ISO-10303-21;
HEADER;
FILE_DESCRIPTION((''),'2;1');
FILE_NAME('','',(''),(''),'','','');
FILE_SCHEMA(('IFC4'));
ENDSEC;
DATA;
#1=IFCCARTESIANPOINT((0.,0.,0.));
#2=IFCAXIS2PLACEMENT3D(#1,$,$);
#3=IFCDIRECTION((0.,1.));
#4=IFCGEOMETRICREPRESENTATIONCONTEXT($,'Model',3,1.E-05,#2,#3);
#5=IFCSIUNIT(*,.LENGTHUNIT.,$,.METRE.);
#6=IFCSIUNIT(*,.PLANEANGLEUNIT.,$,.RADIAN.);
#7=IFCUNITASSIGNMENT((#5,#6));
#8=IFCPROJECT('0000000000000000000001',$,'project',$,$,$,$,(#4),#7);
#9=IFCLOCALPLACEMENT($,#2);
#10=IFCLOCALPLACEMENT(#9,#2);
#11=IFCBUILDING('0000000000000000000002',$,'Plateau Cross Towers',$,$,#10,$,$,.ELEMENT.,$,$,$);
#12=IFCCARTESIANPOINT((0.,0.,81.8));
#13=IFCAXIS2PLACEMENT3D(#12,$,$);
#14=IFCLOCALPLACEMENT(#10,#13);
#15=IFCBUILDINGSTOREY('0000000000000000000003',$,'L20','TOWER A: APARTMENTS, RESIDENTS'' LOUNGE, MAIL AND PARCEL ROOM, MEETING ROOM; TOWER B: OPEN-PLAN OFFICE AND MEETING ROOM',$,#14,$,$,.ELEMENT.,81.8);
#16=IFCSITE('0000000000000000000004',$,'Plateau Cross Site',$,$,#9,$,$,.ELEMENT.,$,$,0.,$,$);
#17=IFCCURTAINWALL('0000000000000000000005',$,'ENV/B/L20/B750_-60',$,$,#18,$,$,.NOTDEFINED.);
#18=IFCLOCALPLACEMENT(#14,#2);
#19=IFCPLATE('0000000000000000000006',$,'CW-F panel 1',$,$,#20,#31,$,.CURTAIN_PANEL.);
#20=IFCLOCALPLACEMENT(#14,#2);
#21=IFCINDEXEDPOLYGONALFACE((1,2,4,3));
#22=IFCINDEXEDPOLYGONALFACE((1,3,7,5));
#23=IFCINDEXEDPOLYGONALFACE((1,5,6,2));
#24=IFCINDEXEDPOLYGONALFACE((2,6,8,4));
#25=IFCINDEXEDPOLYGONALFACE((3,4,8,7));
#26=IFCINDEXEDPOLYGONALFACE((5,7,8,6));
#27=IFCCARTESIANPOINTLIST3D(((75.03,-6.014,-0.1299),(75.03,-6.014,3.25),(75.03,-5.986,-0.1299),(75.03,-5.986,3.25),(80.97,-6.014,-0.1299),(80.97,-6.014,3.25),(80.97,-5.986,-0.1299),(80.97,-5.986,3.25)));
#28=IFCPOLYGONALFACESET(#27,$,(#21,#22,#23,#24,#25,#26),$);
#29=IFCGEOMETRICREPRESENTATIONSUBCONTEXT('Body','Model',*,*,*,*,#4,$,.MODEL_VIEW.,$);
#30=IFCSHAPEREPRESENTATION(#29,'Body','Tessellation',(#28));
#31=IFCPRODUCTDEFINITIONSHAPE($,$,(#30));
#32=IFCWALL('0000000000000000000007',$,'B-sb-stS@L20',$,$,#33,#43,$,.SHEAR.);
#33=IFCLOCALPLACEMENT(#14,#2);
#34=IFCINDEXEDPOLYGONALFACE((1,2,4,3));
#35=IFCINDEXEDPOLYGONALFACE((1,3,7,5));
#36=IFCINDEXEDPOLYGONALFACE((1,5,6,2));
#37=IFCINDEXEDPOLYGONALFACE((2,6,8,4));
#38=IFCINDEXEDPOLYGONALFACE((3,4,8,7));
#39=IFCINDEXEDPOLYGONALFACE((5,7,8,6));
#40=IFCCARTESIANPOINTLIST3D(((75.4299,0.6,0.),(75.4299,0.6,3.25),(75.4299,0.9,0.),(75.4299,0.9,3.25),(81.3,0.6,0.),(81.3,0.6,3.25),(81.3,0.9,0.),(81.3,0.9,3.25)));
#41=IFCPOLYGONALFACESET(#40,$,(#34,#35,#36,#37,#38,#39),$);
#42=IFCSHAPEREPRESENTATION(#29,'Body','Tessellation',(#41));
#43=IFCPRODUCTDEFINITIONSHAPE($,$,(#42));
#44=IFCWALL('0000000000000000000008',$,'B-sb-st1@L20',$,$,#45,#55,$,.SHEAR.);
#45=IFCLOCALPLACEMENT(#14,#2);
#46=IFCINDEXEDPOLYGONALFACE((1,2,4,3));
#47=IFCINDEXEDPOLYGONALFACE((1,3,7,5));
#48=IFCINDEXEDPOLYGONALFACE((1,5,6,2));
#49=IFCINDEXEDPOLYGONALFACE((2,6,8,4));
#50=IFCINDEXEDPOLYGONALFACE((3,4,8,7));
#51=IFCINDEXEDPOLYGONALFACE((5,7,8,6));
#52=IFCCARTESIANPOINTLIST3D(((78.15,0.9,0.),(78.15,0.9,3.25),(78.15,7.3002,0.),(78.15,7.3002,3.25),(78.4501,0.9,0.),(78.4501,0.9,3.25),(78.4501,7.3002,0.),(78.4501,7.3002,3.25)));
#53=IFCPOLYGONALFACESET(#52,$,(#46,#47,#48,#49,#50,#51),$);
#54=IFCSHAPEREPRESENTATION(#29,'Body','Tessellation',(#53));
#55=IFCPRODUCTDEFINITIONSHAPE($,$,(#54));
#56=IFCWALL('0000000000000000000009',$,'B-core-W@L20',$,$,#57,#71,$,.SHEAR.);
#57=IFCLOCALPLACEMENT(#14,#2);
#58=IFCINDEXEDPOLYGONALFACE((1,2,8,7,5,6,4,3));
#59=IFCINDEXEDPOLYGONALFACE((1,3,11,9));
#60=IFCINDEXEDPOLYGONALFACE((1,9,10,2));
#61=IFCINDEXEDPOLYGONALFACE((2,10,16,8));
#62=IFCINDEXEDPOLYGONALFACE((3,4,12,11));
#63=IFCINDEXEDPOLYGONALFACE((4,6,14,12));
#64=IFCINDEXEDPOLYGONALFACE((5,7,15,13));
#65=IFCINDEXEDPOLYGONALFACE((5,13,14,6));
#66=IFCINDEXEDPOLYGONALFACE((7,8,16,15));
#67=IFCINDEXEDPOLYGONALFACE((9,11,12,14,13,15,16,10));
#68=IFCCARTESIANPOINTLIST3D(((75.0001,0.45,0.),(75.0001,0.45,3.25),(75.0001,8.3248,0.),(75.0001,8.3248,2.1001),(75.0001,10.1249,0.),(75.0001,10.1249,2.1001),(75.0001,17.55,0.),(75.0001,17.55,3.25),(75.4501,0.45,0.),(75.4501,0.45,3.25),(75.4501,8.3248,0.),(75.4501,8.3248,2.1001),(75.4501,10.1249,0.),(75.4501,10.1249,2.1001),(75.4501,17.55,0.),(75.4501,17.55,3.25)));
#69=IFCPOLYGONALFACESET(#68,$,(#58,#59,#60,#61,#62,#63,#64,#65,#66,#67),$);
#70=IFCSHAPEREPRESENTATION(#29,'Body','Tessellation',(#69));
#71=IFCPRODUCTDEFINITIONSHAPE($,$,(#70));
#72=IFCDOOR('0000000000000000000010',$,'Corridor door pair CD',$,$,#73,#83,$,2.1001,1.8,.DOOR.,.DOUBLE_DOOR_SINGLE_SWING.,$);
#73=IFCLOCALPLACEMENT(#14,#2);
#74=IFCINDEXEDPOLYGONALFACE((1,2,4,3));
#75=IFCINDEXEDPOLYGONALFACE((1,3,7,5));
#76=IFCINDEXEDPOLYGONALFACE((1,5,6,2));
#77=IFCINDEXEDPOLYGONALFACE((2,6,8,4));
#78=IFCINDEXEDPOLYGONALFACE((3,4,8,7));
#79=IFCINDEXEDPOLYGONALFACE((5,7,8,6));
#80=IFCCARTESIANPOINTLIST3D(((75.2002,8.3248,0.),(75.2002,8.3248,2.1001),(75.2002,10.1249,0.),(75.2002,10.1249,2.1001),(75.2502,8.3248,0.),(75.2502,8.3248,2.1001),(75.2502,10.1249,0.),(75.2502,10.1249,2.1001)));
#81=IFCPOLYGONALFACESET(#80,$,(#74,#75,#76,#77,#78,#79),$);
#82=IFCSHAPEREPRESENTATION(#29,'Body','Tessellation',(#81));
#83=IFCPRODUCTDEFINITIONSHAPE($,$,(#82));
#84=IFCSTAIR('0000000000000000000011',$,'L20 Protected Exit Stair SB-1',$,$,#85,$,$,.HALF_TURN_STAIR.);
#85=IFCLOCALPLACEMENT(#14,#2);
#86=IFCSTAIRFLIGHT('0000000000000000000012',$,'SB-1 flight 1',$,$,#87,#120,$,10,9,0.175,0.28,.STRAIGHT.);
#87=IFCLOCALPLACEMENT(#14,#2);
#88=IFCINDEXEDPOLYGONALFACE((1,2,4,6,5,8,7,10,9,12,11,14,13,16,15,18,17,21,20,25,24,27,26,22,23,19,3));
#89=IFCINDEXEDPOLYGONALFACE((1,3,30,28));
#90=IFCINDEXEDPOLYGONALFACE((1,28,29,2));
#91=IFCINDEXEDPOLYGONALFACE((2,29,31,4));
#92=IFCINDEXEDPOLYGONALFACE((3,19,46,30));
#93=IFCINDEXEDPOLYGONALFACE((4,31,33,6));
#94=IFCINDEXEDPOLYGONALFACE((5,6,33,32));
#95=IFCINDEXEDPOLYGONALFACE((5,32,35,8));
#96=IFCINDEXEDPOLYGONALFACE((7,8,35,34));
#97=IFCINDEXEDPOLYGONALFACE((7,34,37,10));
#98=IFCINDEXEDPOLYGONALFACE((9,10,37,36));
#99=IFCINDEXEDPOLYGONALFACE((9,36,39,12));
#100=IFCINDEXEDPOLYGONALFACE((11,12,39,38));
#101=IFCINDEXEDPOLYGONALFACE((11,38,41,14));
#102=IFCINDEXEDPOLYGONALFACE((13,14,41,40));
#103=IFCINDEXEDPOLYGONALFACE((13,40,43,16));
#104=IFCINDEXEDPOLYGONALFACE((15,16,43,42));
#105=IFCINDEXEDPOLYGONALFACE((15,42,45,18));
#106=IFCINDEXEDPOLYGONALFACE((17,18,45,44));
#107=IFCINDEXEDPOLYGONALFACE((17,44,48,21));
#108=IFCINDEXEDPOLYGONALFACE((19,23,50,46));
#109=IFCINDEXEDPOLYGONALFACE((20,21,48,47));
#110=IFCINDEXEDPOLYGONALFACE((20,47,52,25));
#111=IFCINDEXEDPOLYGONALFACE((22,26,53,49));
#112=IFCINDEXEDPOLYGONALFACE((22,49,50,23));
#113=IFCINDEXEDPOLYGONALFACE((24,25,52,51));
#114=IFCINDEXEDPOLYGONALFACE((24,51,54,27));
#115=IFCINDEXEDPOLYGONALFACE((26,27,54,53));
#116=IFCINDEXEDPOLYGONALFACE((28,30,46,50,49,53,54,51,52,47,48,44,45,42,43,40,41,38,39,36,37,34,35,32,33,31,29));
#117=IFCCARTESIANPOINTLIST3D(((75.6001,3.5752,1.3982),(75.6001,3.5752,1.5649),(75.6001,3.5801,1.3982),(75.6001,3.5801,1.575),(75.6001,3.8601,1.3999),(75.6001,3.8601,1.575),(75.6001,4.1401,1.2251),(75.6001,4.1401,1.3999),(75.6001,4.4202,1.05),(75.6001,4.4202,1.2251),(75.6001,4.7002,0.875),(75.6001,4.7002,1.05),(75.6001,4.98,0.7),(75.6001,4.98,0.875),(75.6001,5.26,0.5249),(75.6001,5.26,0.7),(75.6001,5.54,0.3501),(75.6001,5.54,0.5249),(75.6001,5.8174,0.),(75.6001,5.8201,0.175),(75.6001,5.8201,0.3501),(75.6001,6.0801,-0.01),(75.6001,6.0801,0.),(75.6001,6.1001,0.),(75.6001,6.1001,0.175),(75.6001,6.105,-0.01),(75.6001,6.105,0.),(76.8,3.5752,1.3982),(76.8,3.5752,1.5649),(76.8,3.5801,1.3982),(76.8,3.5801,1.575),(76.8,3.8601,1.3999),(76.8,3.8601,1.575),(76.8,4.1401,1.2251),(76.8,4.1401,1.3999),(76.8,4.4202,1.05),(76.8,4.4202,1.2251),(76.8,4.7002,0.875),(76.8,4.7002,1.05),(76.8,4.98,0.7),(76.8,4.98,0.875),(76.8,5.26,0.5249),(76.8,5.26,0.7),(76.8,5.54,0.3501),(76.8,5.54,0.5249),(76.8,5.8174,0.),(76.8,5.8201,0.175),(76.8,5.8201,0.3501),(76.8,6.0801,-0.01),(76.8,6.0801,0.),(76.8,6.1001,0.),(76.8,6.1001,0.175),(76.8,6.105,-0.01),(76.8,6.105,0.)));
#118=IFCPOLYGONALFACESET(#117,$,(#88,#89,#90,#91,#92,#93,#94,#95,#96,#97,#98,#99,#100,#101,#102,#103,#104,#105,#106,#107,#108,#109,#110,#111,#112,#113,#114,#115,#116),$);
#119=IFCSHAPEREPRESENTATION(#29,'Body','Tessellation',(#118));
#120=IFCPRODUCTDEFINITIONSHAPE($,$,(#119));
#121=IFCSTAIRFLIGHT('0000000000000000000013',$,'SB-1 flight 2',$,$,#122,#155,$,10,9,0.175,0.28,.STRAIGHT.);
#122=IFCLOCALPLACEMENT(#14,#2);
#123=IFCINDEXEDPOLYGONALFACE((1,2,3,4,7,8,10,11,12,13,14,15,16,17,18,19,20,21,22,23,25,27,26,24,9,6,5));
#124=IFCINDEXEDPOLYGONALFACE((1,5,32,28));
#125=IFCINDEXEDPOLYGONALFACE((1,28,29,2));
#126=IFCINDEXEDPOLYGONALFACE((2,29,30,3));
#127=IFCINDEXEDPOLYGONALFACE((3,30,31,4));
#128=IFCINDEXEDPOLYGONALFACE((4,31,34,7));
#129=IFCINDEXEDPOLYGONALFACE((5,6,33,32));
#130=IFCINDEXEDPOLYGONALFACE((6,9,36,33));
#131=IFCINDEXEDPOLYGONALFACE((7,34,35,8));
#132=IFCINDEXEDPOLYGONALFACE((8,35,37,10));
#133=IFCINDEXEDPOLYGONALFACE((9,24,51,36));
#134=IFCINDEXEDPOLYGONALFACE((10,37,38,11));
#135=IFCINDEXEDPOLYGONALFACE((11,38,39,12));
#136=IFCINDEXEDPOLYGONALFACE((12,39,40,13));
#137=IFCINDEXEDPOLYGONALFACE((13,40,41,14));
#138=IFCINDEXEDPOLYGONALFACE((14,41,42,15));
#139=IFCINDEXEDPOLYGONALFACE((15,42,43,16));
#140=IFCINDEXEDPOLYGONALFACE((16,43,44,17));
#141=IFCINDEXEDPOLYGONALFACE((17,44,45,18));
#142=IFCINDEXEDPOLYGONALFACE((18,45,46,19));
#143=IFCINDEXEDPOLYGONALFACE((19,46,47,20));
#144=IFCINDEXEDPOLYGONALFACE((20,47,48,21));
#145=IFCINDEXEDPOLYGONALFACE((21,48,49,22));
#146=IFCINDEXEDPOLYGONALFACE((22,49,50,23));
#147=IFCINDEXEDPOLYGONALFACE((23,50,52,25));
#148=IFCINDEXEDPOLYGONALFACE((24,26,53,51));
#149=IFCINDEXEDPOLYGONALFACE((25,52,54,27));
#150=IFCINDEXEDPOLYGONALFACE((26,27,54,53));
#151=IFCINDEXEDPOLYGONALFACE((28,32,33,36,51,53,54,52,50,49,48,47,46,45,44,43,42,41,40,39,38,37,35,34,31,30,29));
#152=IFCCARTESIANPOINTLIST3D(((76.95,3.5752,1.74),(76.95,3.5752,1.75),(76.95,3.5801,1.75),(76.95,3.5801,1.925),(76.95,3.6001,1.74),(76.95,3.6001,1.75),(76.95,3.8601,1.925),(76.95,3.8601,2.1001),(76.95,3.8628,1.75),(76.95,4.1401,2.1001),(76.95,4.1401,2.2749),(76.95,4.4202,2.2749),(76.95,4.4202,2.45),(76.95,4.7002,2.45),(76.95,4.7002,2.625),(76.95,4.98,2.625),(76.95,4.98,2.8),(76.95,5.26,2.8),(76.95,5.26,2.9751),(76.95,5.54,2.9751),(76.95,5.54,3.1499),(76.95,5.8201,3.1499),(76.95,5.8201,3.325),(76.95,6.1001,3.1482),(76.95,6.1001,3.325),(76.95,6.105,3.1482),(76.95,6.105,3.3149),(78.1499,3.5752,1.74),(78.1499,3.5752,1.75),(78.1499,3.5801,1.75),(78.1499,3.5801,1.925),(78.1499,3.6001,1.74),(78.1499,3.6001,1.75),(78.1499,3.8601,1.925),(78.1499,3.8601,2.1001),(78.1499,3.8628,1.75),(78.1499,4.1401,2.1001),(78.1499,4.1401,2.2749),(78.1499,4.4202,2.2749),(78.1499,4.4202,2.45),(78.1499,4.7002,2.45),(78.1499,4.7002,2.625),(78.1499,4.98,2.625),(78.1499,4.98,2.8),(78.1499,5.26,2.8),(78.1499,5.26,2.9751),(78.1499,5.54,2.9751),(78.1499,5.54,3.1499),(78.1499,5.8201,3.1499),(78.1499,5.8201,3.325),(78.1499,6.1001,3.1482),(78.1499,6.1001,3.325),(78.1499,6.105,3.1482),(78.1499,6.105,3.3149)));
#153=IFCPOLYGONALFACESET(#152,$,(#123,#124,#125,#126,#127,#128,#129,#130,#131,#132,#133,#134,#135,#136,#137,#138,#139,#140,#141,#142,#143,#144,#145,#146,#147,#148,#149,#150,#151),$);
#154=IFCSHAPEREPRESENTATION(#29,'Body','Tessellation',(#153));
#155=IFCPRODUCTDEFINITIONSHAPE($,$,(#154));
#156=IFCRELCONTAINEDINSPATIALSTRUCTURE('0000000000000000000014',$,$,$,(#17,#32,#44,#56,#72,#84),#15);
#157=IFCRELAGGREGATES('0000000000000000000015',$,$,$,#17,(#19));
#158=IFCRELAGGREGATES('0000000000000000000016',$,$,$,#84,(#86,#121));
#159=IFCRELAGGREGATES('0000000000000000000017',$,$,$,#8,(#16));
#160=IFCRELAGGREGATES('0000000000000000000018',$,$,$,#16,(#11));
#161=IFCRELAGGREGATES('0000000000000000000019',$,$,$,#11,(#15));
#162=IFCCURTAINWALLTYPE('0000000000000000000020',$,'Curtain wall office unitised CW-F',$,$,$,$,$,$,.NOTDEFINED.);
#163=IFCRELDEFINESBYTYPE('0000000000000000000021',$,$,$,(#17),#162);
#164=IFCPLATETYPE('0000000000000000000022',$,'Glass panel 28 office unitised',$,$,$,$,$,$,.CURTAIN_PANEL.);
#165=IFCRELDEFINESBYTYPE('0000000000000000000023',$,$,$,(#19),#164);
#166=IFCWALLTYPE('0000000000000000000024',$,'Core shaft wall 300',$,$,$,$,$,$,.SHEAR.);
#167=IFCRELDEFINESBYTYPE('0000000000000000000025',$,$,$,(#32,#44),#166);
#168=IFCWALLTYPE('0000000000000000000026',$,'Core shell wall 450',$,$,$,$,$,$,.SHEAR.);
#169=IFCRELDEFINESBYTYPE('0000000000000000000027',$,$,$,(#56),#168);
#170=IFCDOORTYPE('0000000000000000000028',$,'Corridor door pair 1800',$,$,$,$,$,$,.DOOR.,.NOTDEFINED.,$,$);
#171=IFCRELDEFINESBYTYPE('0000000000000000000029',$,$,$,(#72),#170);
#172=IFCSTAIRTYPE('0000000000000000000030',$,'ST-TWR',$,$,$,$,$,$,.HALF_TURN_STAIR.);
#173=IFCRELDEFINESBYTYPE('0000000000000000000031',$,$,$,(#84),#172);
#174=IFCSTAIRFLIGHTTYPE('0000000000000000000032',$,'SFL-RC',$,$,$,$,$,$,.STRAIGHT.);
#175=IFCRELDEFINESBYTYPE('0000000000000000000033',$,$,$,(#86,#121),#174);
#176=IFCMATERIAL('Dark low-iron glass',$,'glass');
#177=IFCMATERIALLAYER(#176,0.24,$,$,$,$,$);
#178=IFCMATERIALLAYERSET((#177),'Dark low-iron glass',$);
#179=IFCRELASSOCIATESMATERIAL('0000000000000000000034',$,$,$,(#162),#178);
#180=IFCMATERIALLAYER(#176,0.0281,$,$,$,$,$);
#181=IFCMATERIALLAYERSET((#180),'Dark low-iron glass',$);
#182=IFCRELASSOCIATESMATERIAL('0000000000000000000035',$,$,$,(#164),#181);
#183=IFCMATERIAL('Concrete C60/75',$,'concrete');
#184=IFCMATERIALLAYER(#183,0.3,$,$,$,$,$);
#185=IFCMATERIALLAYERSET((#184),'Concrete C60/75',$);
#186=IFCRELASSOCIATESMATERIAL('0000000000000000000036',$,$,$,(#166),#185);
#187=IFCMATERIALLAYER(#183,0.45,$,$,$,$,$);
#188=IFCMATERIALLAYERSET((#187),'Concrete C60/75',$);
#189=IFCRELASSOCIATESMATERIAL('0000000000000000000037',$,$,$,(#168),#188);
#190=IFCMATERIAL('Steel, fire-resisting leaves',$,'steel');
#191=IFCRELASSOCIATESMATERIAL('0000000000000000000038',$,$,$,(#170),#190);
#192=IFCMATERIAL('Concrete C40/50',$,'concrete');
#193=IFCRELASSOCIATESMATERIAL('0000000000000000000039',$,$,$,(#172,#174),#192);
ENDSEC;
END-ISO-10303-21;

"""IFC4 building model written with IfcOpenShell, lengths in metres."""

from ifc_helpers import new_model, si_unit, direction, frame, frame_2d, origin, origin_2d, place, context, subcontext, project, spatial, polyline, rectangle, outline, extrude, material, layer, layer_set, type_object, element, fill, aggregate, save


model = new_model("IFC4")

# Units and contexts
model_context = context("Model", 3, precision=1e-05, world=origin(), true_north=direction((0.0, 1.0)))
body_context = subcontext(model_context, "Body", "Model", "MODEL_VIEW")
ifc_project = project(units=[si_unit("LENGTHUNIT", "METRE"), si_unit("PLANEANGLEUNIT", "RADIAN")], contexts=[model_context])

# Site, building, storey
site_placement = place(None, origin())
site = spatial("IfcSite", under=ifc_project, at=site_placement, Name="Plateau Cross Site", CompositionType="ELEMENT", RefElevation=0.0)
building_placement = place(site_placement, origin())
building = spatial("IfcBuilding", under=site, at=building_placement, Name="Plateau Cross Towers", CompositionType="ELEMENT")
storey_placement = place(building_placement, frame((0.0, 0.0, 81.8)))
storey = spatial("IfcBuildingStorey", under=building, at=storey_placement, Name="L20", Description="TOWER A: APARTMENTS, RESIDENTS' LOUNGE, MAIL AND PARCEL ROOM, MEETING ROOM; TOWER B: OPEN-PLAN OFFICE AND MEETING ROOM", CompositionType="ELEMENT", Elevation=81.8)

# Curtain wall, plate
ifc_material_1 = material(Name="Dark low-iron glass", Category="glass")
ifc_layer_1 = layer(ifc_material_1, 0.24)
ifc_layer_set_1 = layer_set([ifc_layer_1], Name="Dark low-iron glass")
curtain_wall_type = type_object("IfcCurtainWallType", Name="Curtain wall office unitised CW-F", PredefinedType="NOTDEFINED", material=ifc_layer_set_1)
curtain_wall_placement = place(storey_placement, origin())
curtain_wall = element("IfcCurtainWall", 1, at=curtain_wall_placement, inside=storey, type_object=curtain_wall_type, Name="ENV/B/L20/B750_-60", PredefinedType="NOTDEFINED")
ifc_layer_2 = layer(ifc_material_1, 0.0281)
ifc_layer_set_2 = layer_set([ifc_layer_2], Name="Dark low-iron glass")
plate_type = type_object("IfcPlateType", Name="Glass panel 28 office unitised", PredefinedType="CURTAIN_PANEL", material=ifc_layer_set_2)
plate_placement = place(storey_placement, frame((78.0, -6.0, -0.1299), z_axis=(0.0, 0.0, 1.0), x_axis=(1.0, 0.0, 0.0)))
plate = element("IfcPlate", 2, at=plate_placement, type_object=plate_type, Name="CW-F panel 1", PredefinedType="CURTAIN_PANEL", context=body_context, shape_type="SweptSolid", body=[
    extrude(rectangle(XDim=5.9399, YDim=0.0281, at=origin_2d()), origin(), (0.0, 0.0, 1.0), 3.3799),
])
aggregate(curtain_wall, [plate])

# Walls
ifc_material_2 = material(Name="Concrete C60/75", Category="concrete")
ifc_layer_3 = layer(ifc_material_2, 0.3)
ifc_layer_set_3 = layer_set([ifc_layer_3], Name="Concrete C60/75")
wall_type_1 = type_object("IfcWallType", Name="Core shaft wall 300", PredefinedType="SHEAR", material=ifc_layer_set_3)
wall_1_placement = place(storey_placement, frame((75.4299, 0.75, 0.0), z_axis=(0.0, 0.0, 1.0), x_axis=(1.0, 0.0, 0.0)))
element("IfcWall", 3, at=wall_1_placement, inside=storey, type_object=wall_type_1, Name="B-sb-stS@L20", PredefinedType="SHEAR", context=body_context, shape_type="SweptSolid", body=[
    extrude(rectangle(XDim=5.8701, YDim=0.3, at=frame_2d((2.9351, 0.0))), origin(), (0.0, 0.0, 1.0), 3.25),
])
wall_2_placement = place(storey_placement, frame((78.3, 0.8999, 0.0), z_axis=(0.0, 0.0, 1.0), x_axis=(0.0, 1.0, 0.0)))
element("IfcWall", 4, at=wall_2_placement, inside=storey, type_object=wall_type_1, Name="B-sb-st1@L20", PredefinedType="SHEAR", context=body_context, shape_type="SweptSolid", body=[
    extrude(rectangle(XDim=6.4001, YDim=0.3, at=frame_2d((3.2002, 0.0))), origin(), (0.0, 0.0, 1.0), 3.25),
])

# Wall, opening, door
ifc_layer_4 = layer(ifc_material_2, 0.45)
ifc_layer_set_4 = layer_set([ifc_layer_4], Name="Concrete C60/75")
wall_type_2 = type_object("IfcWallType", Name="Core shell wall 450", PredefinedType="SHEAR", material=ifc_layer_set_4)
wall_3_placement = place(storey_placement, frame((75.2251, 0.45, 0.0), z_axis=(0.0, 0.0, 1.0), x_axis=(0.0, 1.0, 0.0)))
wall_3 = element("IfcWall", 5, at=wall_3_placement, inside=storey, type_object=wall_type_2, Name="B-core-W@L20", PredefinedType="SHEAR", context=body_context, shape_type="SweptSolid", body=[
    extrude(rectangle(XDim=17.1001, YDim=0.45, at=frame_2d((8.55, 0.0))), origin(), (0.0, 0.0, 1.0), 3.25),
])
opening_1_placement = place(wall_3_placement, frame((7.875, 0.0, 0.0)))
opening_1 = element("IfcOpeningElement", 6, at=opening_1_placement, cuts=wall_3, PredefinedType="OPENING", context=body_context, shape_type="SweptSolid", body=[
    extrude(rectangle(XDim=1.8, YDim=2.1001, at=frame_2d((0.8999, 1.05))), frame((0.0, 0.2349, 0.0), z_axis=(0.0, -1.0, 0.0), x_axis=(1.0, 0.0, 0.0)), (0.0, 0.0, 1.0), 0.47),
])
ifc_material_3 = material(Name="Steel, fire-resisting leaves", Category="steel")
door_type_1 = type_object("IfcDoorType", Name="Corridor door pair 1800", OperationType="NOTDEFINED", PredefinedType="DOOR", material=ifc_material_3)
door_1_placement = place(opening_1_placement, origin())
door_1 = element("IfcDoor", 7, at=door_1_placement, inside=storey, type_object=door_type_1, Name="Corridor door pair CD", OperationType="DOUBLE_DOOR_SINGLE_SWING", OverallHeight=2.1001, OverallWidth=1.8, PredefinedType="DOOR", context=body_context, shape_type="SweptSolid", body=[
    extrude(rectangle(XDim=1.8, YDim=2.1001, at=frame_2d((0.8999, 1.05))), frame((0.0, 0.0249, 0.0), z_axis=(0.0, -1.0, 0.0), x_axis=(1.0, 0.0, 0.0)), (0.0, 0.0, 1.0), 0.05),
])
fill(opening_1, door_1)

# Stair, stair flights
ifc_material_4 = material(Name="Concrete C40/50", Category="concrete")
stair_type = type_object("IfcStairType", Name="ST-TWR", PredefinedType="HALF_TURN_STAIR", material=ifc_material_4)
stair_1_placement = place(storey_placement, origin())
stair_1 = element("IfcStair", 8, at=stair_1_placement, inside=storey, type_object=stair_type, Name="L20 Protected Exit Stair SB-1", PredefinedType="HALF_TURN_STAIR")
stair_flight_type = type_object("IfcStairFlightType", Name="SFL-RC", PredefinedType="STRAIGHT", material=ifc_material_4)
stair_flight_1_placement = place(storey_placement, frame((76.2, 6.1001, 0.0), z_axis=(0.0, 0.0, 1.0), x_axis=(0.0, -1.0, 0.0)))
stair_flight_1 = element("IfcStairFlight", 9, at=stair_flight_1_placement, type_object=stair_flight_type, Name="SB-1 flight 1", NumberOfRisers=10, NumberOfTreads=9, PredefinedType="STRAIGHT", RiserHeight=0.175, TreadLength=0.28, context=body_context, shape_type="SweptSolid", body=[
    extrude(outline(polyline([(-0.0049, -0.01), (-0.0049, 0.0), (0.0, 0.0), (0.0, 0.175), (0.28, 0.175), (0.28, 0.3501), (0.5601, 0.3501), (0.5601, 0.5249), (0.8401, 0.5249), (0.8401, 0.7), (1.1201, 0.7), (1.1201, 0.875), (1.3999, 0.875), (1.3999, 1.05), (1.6799, 1.05), (1.6799, 1.2251), (1.96, 1.2251), (1.96, 1.3999), (2.24, 1.3999), (2.24, 1.575), (2.52, 1.575), (2.5249, 1.5649), (2.5249, 1.3982), (2.52, 1.3982), (0.2827, 0.0), (0.02, 0.0), (0.02, -0.01), (-0.0049, -0.01)])), frame((0.0, 0.6001, 0.0), z_axis=(0.0, -1.0, 0.0), x_axis=(1.0, 0.0, 0.0)), (0.0, 0.0, 1.0), 1.2),
])
stair_flight_2_placement = place(storey_placement, frame((77.55, 3.5801, 1.75), z_axis=(0.0, 0.0, 1.0), x_axis=(0.0, 1.0, 0.0)))
stair_flight_2 = element("IfcStairFlight", 10, at=stair_flight_2_placement, type_object=stair_flight_type, Name="SB-1 flight 2", NumberOfRisers=10, NumberOfTreads=9, PredefinedType="STRAIGHT", RiserHeight=0.175, TreadLength=0.28, context=body_context, shape_type="SweptSolid", body=[
    extrude(outline(polyline([(-0.0049, -0.01), (-0.0049, 0.0), (0.0, 0.0), (0.0, 0.175), (0.28, 0.175), (0.28, 0.3501), (0.5601, 0.3501), (0.5601, 0.5249), (0.8401, 0.5249), (0.8401, 0.7), (1.1201, 0.7), (1.1201, 0.875), (1.3999, 0.875), (1.3999, 1.05), (1.6799, 1.05), (1.6799, 1.2251), (1.96, 1.2251), (1.96, 1.3999), (2.24, 1.3999), (2.24, 1.575), (2.52, 1.575), (2.5249, 1.5649), (2.5249, 1.3982), (2.52, 1.3982), (0.2827, 0.0), (0.02, 0.0), (0.02, -0.01), (-0.0049, -0.01)])), frame((0.0, 0.6001, 0.0), z_axis=(0.0, -1.0, 0.0), x_axis=(1.0, 0.0, 0.0)), (0.0, 0.0, 1.0), 1.2),
])
aggregate(stair_1, [stair_flight_1, stair_flight_2])

save(model, "model.ifc")
